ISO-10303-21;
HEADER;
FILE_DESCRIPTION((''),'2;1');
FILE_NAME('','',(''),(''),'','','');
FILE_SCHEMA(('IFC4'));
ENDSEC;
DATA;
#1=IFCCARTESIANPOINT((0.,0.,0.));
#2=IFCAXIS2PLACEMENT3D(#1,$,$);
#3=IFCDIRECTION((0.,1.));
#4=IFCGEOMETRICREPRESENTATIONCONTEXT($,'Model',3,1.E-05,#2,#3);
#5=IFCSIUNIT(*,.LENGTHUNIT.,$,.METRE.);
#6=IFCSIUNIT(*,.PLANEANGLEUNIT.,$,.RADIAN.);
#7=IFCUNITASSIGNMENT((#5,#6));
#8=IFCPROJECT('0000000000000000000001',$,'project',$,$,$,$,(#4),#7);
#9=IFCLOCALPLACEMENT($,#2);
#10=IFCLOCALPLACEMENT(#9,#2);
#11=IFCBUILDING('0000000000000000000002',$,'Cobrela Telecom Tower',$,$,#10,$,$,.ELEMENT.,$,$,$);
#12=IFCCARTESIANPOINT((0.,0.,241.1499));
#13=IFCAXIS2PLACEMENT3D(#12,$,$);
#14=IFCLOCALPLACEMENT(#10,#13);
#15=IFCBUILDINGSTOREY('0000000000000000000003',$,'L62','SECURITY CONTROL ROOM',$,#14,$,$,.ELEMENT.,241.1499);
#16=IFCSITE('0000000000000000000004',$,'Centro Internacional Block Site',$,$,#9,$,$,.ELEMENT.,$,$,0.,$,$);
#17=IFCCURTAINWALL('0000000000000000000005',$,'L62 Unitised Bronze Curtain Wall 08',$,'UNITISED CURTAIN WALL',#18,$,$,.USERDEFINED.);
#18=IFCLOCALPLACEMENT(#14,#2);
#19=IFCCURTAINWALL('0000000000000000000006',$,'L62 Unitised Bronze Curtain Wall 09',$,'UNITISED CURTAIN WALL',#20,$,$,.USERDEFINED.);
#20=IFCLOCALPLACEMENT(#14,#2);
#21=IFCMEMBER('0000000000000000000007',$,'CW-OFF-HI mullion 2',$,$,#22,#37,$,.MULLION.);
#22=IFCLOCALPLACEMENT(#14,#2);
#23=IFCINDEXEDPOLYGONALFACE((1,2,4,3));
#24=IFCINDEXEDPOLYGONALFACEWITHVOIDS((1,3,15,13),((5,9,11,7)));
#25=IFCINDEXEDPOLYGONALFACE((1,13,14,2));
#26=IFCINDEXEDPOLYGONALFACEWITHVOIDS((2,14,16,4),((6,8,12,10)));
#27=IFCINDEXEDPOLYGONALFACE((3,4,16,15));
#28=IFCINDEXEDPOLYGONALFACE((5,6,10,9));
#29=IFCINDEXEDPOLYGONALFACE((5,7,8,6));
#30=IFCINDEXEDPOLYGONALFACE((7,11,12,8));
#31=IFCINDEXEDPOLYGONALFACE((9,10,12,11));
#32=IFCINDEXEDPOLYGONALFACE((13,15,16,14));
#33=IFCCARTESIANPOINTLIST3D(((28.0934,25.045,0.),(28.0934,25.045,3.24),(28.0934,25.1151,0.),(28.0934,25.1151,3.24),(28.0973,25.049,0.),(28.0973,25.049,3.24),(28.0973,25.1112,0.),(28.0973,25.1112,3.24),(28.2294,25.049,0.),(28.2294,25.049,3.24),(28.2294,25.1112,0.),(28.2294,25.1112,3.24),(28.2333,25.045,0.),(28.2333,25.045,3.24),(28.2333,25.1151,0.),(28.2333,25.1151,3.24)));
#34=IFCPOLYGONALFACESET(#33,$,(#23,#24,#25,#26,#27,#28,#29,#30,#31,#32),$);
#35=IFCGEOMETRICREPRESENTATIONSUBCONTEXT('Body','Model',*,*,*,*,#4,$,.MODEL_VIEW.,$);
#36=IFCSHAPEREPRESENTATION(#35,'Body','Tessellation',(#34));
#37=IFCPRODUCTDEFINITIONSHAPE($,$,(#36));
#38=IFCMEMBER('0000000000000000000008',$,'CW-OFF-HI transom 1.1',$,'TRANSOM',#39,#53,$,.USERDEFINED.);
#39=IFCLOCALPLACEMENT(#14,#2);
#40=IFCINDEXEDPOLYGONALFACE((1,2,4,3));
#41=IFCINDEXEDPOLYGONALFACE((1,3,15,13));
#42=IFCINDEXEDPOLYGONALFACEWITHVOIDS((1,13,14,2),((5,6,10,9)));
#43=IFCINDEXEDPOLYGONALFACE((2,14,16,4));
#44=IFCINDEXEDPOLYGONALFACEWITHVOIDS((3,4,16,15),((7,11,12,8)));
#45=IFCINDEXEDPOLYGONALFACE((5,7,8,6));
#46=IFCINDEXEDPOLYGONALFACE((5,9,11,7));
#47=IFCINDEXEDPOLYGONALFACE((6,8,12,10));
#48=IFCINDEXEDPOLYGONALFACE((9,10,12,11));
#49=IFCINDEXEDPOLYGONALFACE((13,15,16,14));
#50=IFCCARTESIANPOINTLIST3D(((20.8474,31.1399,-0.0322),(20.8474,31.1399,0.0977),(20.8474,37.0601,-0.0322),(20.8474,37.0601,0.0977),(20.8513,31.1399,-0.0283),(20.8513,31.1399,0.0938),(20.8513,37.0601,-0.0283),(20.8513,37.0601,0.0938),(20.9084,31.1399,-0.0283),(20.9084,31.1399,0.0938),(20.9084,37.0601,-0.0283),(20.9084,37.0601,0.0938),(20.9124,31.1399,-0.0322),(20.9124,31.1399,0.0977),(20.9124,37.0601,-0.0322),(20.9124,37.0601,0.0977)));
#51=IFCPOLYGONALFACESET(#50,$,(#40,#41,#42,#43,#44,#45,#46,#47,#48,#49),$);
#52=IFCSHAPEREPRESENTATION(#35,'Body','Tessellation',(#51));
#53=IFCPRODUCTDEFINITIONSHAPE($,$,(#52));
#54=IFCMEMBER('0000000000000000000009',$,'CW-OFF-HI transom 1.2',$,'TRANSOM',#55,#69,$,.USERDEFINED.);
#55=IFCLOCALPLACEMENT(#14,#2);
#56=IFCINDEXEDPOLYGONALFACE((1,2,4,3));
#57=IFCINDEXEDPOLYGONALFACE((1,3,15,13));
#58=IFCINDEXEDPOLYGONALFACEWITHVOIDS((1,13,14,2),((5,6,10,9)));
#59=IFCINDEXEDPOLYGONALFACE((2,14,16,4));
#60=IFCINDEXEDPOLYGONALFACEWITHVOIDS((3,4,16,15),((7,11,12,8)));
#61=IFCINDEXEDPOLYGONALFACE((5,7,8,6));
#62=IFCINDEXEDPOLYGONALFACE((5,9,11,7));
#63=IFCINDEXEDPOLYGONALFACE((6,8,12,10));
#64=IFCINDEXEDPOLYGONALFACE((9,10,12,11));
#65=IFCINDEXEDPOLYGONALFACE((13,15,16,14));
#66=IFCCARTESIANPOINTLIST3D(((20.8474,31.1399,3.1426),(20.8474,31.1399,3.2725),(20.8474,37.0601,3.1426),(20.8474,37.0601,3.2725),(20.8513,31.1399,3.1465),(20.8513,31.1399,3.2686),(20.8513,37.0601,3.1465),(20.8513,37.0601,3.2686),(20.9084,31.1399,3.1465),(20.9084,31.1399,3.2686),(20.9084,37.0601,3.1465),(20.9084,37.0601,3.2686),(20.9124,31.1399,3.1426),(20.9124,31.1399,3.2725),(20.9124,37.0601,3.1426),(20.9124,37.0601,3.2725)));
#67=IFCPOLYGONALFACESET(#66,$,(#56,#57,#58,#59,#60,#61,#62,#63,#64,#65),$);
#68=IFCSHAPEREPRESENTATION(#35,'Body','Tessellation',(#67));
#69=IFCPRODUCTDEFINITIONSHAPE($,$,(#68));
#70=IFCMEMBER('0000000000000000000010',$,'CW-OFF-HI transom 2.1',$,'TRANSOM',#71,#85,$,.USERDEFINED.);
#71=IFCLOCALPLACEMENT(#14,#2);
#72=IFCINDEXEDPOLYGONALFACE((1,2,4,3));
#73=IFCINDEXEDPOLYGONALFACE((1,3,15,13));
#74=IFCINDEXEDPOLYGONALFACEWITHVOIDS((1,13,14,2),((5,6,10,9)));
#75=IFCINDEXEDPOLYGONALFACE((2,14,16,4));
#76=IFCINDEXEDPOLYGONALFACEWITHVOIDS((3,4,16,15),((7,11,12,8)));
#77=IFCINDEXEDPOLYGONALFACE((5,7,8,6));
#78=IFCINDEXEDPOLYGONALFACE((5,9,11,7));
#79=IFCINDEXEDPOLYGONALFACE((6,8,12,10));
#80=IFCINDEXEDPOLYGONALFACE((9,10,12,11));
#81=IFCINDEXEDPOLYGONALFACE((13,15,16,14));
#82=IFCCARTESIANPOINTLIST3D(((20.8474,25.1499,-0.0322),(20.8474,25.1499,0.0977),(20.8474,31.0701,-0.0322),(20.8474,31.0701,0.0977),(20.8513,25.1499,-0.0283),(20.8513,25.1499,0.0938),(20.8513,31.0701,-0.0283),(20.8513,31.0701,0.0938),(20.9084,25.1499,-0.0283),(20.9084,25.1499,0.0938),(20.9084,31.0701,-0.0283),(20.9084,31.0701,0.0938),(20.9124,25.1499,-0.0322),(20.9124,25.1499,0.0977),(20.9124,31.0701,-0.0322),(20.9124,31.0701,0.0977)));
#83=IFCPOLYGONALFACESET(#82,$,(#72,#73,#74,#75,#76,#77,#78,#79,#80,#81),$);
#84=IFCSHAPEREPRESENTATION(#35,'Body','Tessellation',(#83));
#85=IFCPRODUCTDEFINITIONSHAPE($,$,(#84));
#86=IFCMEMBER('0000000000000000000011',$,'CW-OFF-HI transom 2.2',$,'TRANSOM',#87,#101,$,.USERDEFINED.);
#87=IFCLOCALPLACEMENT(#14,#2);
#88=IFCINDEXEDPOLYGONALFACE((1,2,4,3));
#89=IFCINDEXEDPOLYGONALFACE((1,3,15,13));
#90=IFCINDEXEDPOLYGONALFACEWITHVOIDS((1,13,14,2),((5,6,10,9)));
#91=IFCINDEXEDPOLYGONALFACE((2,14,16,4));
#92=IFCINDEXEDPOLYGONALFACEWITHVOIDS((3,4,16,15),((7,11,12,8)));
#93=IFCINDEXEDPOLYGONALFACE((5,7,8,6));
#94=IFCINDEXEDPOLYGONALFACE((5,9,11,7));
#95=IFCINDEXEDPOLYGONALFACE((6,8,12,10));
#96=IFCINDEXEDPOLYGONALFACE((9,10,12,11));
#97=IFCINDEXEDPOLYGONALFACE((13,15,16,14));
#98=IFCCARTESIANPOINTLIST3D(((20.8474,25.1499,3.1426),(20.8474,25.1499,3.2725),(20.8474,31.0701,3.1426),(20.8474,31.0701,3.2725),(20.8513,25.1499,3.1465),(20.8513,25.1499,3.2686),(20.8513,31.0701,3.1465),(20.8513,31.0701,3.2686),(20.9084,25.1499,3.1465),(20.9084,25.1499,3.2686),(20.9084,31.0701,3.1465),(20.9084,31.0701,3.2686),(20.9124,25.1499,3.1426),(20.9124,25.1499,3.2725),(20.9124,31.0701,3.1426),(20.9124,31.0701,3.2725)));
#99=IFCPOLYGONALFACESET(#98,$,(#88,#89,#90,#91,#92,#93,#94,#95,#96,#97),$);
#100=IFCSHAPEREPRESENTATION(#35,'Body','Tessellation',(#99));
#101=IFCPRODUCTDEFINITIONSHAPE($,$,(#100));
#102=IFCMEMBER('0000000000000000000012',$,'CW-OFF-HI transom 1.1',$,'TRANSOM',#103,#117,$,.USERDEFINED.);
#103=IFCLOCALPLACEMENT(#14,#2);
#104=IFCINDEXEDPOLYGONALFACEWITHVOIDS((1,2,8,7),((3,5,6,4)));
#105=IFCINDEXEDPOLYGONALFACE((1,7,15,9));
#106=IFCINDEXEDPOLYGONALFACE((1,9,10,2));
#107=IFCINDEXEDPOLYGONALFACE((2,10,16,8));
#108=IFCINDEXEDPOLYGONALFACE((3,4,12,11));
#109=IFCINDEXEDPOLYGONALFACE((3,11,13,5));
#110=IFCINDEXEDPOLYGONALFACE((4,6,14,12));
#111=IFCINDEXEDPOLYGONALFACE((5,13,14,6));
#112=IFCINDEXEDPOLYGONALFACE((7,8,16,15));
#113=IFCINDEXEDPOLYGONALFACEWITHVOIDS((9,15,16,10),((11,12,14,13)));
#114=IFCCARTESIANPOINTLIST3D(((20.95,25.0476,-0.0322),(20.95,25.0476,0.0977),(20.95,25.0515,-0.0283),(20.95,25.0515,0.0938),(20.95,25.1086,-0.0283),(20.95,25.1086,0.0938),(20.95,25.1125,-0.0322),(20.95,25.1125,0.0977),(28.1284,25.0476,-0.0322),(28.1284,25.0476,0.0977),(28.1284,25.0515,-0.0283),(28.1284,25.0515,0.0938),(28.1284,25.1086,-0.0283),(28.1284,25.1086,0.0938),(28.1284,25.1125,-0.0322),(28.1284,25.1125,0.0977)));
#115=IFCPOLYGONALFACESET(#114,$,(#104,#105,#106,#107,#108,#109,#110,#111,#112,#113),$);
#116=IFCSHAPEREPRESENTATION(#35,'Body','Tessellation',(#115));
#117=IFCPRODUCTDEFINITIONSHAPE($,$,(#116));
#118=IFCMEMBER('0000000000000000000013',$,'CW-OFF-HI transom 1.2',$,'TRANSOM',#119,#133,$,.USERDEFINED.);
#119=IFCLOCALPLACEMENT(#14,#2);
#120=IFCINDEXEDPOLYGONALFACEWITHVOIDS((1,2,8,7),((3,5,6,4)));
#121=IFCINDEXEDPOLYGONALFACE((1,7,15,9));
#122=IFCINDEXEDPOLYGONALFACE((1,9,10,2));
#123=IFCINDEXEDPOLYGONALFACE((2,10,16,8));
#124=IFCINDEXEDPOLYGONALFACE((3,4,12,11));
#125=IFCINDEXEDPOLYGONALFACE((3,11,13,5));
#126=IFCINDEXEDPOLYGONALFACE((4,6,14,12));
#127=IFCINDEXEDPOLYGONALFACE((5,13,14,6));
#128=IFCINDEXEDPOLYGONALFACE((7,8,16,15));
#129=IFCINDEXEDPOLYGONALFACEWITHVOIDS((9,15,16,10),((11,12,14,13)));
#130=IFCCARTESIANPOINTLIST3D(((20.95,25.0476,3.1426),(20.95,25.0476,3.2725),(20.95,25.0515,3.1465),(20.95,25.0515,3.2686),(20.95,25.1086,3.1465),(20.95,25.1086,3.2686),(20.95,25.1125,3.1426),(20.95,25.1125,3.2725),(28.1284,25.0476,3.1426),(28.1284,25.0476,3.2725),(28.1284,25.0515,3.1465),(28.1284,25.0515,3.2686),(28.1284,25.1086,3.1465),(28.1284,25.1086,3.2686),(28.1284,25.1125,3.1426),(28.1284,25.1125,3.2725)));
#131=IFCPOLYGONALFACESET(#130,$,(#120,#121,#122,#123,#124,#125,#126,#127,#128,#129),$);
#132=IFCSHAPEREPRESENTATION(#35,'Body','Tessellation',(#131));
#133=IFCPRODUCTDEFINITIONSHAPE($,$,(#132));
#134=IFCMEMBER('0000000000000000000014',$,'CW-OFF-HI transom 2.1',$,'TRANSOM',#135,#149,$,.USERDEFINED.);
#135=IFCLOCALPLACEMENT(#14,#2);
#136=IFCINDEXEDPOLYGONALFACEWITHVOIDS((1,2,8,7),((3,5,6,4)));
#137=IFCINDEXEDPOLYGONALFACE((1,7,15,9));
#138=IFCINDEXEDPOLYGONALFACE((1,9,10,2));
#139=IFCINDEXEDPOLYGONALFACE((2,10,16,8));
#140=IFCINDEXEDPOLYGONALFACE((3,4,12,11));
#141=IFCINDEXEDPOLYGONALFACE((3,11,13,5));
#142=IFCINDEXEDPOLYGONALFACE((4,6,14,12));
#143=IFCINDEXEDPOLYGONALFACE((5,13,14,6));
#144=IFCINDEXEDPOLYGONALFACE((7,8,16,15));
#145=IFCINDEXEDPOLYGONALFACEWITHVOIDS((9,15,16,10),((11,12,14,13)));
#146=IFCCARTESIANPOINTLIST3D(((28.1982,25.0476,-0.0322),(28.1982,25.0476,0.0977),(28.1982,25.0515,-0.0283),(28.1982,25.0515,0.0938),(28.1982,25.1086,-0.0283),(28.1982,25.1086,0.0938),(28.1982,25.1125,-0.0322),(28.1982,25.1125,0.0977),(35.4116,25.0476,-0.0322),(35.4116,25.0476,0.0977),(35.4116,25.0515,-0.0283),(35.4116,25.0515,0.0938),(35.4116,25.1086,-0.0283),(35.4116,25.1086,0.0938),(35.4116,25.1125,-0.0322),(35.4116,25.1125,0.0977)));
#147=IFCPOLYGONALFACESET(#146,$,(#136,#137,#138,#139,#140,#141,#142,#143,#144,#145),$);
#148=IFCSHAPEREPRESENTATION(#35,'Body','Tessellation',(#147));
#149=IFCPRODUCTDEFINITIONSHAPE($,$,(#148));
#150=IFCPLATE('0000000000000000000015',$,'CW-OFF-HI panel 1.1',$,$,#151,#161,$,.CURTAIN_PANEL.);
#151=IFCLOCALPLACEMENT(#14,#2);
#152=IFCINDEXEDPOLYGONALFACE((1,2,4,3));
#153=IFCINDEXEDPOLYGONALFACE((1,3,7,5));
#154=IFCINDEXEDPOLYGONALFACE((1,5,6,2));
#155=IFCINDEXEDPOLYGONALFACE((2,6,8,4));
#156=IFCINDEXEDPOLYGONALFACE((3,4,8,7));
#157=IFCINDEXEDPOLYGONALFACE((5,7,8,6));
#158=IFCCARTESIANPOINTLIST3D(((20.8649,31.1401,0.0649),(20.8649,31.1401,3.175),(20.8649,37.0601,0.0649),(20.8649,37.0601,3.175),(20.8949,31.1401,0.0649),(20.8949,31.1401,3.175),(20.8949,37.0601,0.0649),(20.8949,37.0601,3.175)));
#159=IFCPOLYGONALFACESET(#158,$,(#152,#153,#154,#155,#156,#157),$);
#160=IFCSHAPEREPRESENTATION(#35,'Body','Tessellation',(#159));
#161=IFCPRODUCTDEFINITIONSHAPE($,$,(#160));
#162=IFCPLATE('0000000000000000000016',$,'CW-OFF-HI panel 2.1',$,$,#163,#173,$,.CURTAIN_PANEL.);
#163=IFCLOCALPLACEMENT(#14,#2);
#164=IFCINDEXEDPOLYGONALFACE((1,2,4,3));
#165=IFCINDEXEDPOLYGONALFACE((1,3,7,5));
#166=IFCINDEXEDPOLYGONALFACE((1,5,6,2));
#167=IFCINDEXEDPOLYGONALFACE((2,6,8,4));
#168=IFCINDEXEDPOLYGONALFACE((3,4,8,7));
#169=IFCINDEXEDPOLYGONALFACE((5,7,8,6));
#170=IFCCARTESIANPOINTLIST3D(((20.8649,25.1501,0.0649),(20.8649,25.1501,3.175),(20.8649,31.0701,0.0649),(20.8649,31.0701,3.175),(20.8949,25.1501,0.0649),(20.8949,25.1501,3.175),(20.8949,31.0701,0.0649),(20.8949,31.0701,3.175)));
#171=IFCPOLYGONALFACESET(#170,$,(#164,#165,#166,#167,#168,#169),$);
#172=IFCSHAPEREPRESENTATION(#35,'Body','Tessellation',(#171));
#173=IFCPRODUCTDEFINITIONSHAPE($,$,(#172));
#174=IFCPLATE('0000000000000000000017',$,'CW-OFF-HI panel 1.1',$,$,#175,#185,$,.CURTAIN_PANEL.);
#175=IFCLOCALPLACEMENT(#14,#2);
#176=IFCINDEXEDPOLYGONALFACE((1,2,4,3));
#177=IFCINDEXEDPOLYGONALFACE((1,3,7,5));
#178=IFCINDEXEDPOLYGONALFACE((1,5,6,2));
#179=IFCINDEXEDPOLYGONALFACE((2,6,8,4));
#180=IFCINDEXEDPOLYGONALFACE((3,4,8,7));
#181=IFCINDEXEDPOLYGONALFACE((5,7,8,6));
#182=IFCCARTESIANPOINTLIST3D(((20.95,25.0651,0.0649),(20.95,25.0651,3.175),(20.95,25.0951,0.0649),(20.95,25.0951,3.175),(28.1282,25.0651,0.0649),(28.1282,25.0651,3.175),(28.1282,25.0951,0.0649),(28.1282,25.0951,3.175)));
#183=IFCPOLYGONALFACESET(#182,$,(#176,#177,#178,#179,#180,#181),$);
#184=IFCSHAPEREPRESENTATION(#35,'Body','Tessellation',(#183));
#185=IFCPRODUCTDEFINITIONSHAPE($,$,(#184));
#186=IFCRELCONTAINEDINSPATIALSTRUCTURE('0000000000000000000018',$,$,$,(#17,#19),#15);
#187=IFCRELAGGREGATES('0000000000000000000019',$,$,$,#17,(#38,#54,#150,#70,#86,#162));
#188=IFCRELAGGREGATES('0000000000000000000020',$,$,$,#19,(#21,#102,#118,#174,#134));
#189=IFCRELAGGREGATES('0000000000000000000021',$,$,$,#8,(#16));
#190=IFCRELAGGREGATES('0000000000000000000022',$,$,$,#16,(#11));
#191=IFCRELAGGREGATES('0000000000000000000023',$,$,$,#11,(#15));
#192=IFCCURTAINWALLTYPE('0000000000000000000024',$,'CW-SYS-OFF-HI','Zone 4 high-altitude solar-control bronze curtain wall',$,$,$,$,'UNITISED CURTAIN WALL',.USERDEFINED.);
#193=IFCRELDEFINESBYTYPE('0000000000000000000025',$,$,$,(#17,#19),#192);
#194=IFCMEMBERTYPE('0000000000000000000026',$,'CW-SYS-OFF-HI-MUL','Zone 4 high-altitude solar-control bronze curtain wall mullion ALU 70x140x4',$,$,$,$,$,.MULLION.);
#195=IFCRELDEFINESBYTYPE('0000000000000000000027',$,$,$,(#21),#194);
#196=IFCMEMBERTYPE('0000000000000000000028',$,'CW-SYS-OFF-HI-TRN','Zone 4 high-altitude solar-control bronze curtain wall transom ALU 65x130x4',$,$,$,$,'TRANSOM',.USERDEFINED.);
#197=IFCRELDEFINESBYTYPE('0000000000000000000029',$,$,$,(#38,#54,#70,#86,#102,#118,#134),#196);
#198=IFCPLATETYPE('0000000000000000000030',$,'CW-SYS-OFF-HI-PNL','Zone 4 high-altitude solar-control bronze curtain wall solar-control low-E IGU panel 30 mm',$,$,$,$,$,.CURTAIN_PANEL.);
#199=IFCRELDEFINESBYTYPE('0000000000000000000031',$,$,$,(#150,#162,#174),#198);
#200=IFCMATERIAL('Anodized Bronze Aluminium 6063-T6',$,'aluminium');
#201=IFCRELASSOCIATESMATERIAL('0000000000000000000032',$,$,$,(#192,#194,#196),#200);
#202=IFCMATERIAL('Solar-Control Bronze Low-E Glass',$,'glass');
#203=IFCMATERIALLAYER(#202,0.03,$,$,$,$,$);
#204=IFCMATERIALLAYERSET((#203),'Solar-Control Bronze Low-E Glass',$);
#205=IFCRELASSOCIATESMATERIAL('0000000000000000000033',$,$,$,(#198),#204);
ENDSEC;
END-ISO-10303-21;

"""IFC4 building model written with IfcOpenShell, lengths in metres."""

from ifc_helpers import new_model, si_unit, direction, frame, origin, origin_2d, place, context, subcontext, project, spatial, rectangle, hollow_rectangle, extrude, material, layer, layer_set, material_profile, profile_set, type_object, element, aggregate, save


model = new_model("IFC4")

# Units and contexts
model_context = context("Model", 3, precision=1e-05, world=origin(), true_north=direction((0.0, 1.0)))
body_context = subcontext(model_context, "Body", "Model", "MODEL_VIEW")
ifc_project = project(units=[si_unit("LENGTHUNIT", "METRE"), si_unit("PLANEANGLEUNIT", "RADIAN")], contexts=[model_context])

# Site, building, storey
site_placement = place(None, origin())
site = spatial("IfcSite", under=ifc_project, at=site_placement, Name="Centro Internacional Block Site", CompositionType="ELEMENT", RefElevation=0.0)
building_placement = place(site_placement, origin())
building = spatial("IfcBuilding", under=site, at=building_placement, Name="Cobrela Telecom Tower", CompositionType="ELEMENT")
storey_placement = place(building_placement, frame((0.0, 0.0, 241.1499)))
storey = spatial("IfcBuildingStorey", under=building, at=storey_placement, Name="L62", Description="SECURITY CONTROL ROOM", CompositionType="ELEMENT", Elevation=241.1499)

# Shared definitions
ifc_material_1 = material(Name="Anodized Bronze Aluminium 6063-T6", Category="aluminium")
curtain_wall_type = type_object("IfcCurtainWallType", Name="CW-SYS-OFF-HI", Description="Zone 4 high-altitude solar-control bronze curtain wall", ElementType="UNITISED CURTAIN WALL", PredefinedType="USERDEFINED", material=ifc_material_1)
ifc_material_profile_1 = material_profile(ifc_material_1, hollow_rectangle(XDim=0.0701, YDim=0.1399, WallThickness=0.0039, at=origin_2d()), Name="ALU 70x140x4")
ifc_profile_set_1 = profile_set([ifc_material_profile_1], Name="Anodized Bronze Aluminium 6063-T6")
member_type_1 = type_object("IfcMemberType", Name="CW-SYS-OFF-HI-MUL", Description="Zone 4 high-altitude solar-control bronze curtain wall mullion ALU 70x140x4", PredefinedType="MULLION", material=ifc_profile_set_1)

# Curtain walls, member
curtain_wall_1_placement = place(storey_placement, origin())
curtain_wall_1 = element("IfcCurtainWall", 1, at=curtain_wall_1_placement, inside=storey, type_object=curtain_wall_type, Name="L62 Unitised Bronze Curtain Wall 08", ObjectType="UNITISED CURTAIN WALL", PredefinedType="USERDEFINED")
curtain_wall_2_placement = place(storey_placement, origin())
curtain_wall_2 = element("IfcCurtainWall", 2, at=curtain_wall_2_placement, inside=storey, type_object=curtain_wall_type, Name="L62 Unitised Bronze Curtain Wall 09", ObjectType="UNITISED CURTAIN WALL", PredefinedType="USERDEFINED")
member_1_placement = place(storey_placement, frame((28.1633, 25.0801, 0.0), z_axis=(0.0, 0.0, 1.0), x_axis=(0.0, 1.0, 0.0)))
member_1 = element("IfcMember", 3, at=member_1_placement, type_object=member_type_1, Name="CW-OFF-HI mullion 2", PredefinedType="MULLION", context=body_context, shape_type="SweptSolid", body=[
    extrude(hollow_rectangle(XDim=0.0701, YDim=0.1399, WallThickness=0.0039, at=origin_2d()), origin(), (0.0, 0.0, 1.0), 3.24),
])

# Members
ifc_material_profile_2 = material_profile(ifc_material_1, hollow_rectangle(XDim=0.0649, YDim=0.1299, WallThickness=0.0039, at=origin_2d()), Name="ALU 65x130x4")
ifc_profile_set_2 = profile_set([ifc_material_profile_2], Name="Anodized Bronze Aluminium 6063-T6")
member_type_2 = type_object("IfcMemberType", Name="CW-SYS-OFF-HI-TRN", Description="Zone 4 high-altitude solar-control bronze curtain wall transom ALU 65x130x4", ElementType="TRANSOM", PredefinedType="USERDEFINED", material=ifc_profile_set_2)
member_2_placement = place(storey_placement, frame((20.8799, 37.0601, 0.0327), z_axis=(0.0, -1.0, 0.0), x_axis=(1.0, 0.0, 0.0)))
member_2 = element("IfcMember", 4, at=member_2_placement, type_object=member_type_2, Name="CW-OFF-HI transom 1.1", ObjectType="TRANSOM", PredefinedType="USERDEFINED", context=body_context, shape_type="SweptSolid", body=[
    extrude(hollow_rectangle(XDim=0.0649, YDim=0.1299, WallThickness=0.0039, at=origin_2d()), origin(), (0.0, 0.0, 1.0), 5.9202),
])
member_3_placement = place(storey_placement, frame((20.8799, 37.0601, 3.2075), z_axis=(0.0, -1.0, 0.0), x_axis=(1.0, 0.0, 0.0)))
member_3 = element("IfcMember", 5, at=member_3_placement, type_object=member_type_2, Name="CW-OFF-HI transom 1.2", ObjectType="TRANSOM", PredefinedType="USERDEFINED", context=body_context, shape_type="SweptSolid", body=[
    extrude(hollow_rectangle(XDim=0.0649, YDim=0.1299, WallThickness=0.0039, at=origin_2d()), origin(), (0.0, 0.0, 1.0), 5.9202),
])
member_4_placement = place(storey_placement, frame((20.8799, 31.0701, 0.0327), z_axis=(0.0, -1.0, 0.0), x_axis=(1.0, 0.0, 0.0)))
member_4 = element("IfcMember", 6, at=member_4_placement, type_object=member_type_2, Name="CW-OFF-HI transom 2.1", ObjectType="TRANSOM", PredefinedType="USERDEFINED", context=body_context, shape_type="SweptSolid", body=[
    extrude(hollow_rectangle(XDim=0.0649, YDim=0.1299, WallThickness=0.0039, at=origin_2d()), origin(), (0.0, 0.0, 1.0), 5.9202),
])
member_5_placement = place(storey_placement, frame((20.8799, 31.0701, 3.2075), z_axis=(0.0, -1.0, 0.0), x_axis=(1.0, 0.0, 0.0)))
member_5 = element("IfcMember", 7, at=member_5_placement, type_object=member_type_2, Name="CW-OFF-HI transom 2.2", ObjectType="TRANSOM", PredefinedType="USERDEFINED", context=body_context, shape_type="SweptSolid", body=[
    extrude(hollow_rectangle(XDim=0.0649, YDim=0.1299, WallThickness=0.0039, at=origin_2d()), origin(), (0.0, 0.0, 1.0), 5.9202),
])
member_6_placement = place(storey_placement, frame((20.95, 25.0801, 0.0327), z_axis=(1.0, 0.0, 0.0), x_axis=(0.0, 1.0, 0.0)))
member_6 = element("IfcMember", 8, at=member_6_placement, type_object=member_type_2, Name="CW-OFF-HI transom 1.1", ObjectType="TRANSOM", PredefinedType="USERDEFINED", context=body_context, shape_type="SweptSolid", body=[
    extrude(hollow_rectangle(XDim=0.0649, YDim=0.1299, WallThickness=0.0039, at=origin_2d()), origin(), (0.0, 0.0, 1.0), 7.1785),
])
member_7_placement = place(storey_placement, frame((20.95, 25.0801, 3.2075), z_axis=(1.0, 0.0, 0.0), x_axis=(0.0, 1.0, 0.0)))
member_7 = element("IfcMember", 9, at=member_7_placement, type_object=member_type_2, Name="CW-OFF-HI transom 1.2", ObjectType="TRANSOM", PredefinedType="USERDEFINED", context=body_context, shape_type="SweptSolid", body=[
    extrude(hollow_rectangle(XDim=0.0649, YDim=0.1299, WallThickness=0.0039, at=origin_2d()), origin(), (0.0, 0.0, 1.0), 7.1785),
])
member_8_placement = place(storey_placement, frame((28.1982, 25.0801, 0.0327), z_axis=(1.0, 0.0, 0.0), x_axis=(0.0, 1.0, 0.0)))
member_8 = element("IfcMember", 10, at=member_8_placement, type_object=member_type_2, Name="CW-OFF-HI transom 2.1", ObjectType="TRANSOM", PredefinedType="USERDEFINED", context=body_context, shape_type="SweptSolid", body=[
    extrude(hollow_rectangle(XDim=0.0649, YDim=0.1299, WallThickness=0.0039, at=origin_2d()), origin(), (0.0, 0.0, 1.0), 7.2134),
])

# Plates
ifc_material_2 = material(Name="Solar-Control Bronze Low-E Glass", Category="glass")
ifc_layer_1 = layer(ifc_material_2, 0.03)
ifc_layer_set_1 = layer_set([ifc_layer_1], Name="Solar-Control Bronze Low-E Glass")
plate_type = type_object("IfcPlateType", Name="CW-SYS-OFF-HI-PNL", Description="Zone 4 high-altitude solar-control bronze curtain wall solar-control low-E IGU panel 30 mm", PredefinedType="CURTAIN_PANEL", material=ifc_layer_set_1)
plate_1_placement = place(storey_placement, frame((20.8799, 34.1001, 0.0649), z_axis=(0.0, 0.0, 1.0), x_axis=(0.0, -1.0, 0.0)))
plate_1 = element("IfcPlate", 11, at=plate_1_placement, type_object=plate_type, Name="CW-OFF-HI panel 1.1", PredefinedType="CURTAIN_PANEL", context=body_context, shape_type="SweptSolid", body=[
    extrude(rectangle(XDim=5.9199, YDim=0.03, at=origin_2d()), origin(), (0.0, 0.0, 1.0), 3.1101),
])
plate_2_placement = place(storey_placement, frame((20.8799, 28.1101, 0.0649), z_axis=(0.0, 0.0, 1.0), x_axis=(0.0, -1.0, 0.0)))
plate_2 = element("IfcPlate", 12, at=plate_2_placement, type_object=plate_type, Name="CW-OFF-HI panel 2.1", PredefinedType="CURTAIN_PANEL", context=body_context, shape_type="SweptSolid", body=[
    extrude(rectangle(XDim=5.9199, YDim=0.03, at=origin_2d()), origin(), (0.0, 0.0, 1.0), 3.1101),
])
aggregate(curtain_wall_1, [member_2, member_3, plate_1, member_4, member_5, plate_2])
plate_3_placement = place(storey_placement, frame((24.5391, 25.0801, 0.0649), z_axis=(0.0, 0.0, 1.0), x_axis=(1.0, 0.0, 0.0)))
plate_3 = element("IfcPlate", 13, at=plate_3_placement, type_object=plate_type, Name="CW-OFF-HI panel 1.1", PredefinedType="CURTAIN_PANEL", context=body_context, shape_type="SweptSolid", body=[
    extrude(rectangle(XDim=7.1782, YDim=0.03, at=origin_2d()), origin(), (0.0, 0.0, 1.0), 3.1101),
])
aggregate(curtain_wall_2, [member_1, member_6, member_7, plate_3, member_8])

save(model, "model.ifc")
